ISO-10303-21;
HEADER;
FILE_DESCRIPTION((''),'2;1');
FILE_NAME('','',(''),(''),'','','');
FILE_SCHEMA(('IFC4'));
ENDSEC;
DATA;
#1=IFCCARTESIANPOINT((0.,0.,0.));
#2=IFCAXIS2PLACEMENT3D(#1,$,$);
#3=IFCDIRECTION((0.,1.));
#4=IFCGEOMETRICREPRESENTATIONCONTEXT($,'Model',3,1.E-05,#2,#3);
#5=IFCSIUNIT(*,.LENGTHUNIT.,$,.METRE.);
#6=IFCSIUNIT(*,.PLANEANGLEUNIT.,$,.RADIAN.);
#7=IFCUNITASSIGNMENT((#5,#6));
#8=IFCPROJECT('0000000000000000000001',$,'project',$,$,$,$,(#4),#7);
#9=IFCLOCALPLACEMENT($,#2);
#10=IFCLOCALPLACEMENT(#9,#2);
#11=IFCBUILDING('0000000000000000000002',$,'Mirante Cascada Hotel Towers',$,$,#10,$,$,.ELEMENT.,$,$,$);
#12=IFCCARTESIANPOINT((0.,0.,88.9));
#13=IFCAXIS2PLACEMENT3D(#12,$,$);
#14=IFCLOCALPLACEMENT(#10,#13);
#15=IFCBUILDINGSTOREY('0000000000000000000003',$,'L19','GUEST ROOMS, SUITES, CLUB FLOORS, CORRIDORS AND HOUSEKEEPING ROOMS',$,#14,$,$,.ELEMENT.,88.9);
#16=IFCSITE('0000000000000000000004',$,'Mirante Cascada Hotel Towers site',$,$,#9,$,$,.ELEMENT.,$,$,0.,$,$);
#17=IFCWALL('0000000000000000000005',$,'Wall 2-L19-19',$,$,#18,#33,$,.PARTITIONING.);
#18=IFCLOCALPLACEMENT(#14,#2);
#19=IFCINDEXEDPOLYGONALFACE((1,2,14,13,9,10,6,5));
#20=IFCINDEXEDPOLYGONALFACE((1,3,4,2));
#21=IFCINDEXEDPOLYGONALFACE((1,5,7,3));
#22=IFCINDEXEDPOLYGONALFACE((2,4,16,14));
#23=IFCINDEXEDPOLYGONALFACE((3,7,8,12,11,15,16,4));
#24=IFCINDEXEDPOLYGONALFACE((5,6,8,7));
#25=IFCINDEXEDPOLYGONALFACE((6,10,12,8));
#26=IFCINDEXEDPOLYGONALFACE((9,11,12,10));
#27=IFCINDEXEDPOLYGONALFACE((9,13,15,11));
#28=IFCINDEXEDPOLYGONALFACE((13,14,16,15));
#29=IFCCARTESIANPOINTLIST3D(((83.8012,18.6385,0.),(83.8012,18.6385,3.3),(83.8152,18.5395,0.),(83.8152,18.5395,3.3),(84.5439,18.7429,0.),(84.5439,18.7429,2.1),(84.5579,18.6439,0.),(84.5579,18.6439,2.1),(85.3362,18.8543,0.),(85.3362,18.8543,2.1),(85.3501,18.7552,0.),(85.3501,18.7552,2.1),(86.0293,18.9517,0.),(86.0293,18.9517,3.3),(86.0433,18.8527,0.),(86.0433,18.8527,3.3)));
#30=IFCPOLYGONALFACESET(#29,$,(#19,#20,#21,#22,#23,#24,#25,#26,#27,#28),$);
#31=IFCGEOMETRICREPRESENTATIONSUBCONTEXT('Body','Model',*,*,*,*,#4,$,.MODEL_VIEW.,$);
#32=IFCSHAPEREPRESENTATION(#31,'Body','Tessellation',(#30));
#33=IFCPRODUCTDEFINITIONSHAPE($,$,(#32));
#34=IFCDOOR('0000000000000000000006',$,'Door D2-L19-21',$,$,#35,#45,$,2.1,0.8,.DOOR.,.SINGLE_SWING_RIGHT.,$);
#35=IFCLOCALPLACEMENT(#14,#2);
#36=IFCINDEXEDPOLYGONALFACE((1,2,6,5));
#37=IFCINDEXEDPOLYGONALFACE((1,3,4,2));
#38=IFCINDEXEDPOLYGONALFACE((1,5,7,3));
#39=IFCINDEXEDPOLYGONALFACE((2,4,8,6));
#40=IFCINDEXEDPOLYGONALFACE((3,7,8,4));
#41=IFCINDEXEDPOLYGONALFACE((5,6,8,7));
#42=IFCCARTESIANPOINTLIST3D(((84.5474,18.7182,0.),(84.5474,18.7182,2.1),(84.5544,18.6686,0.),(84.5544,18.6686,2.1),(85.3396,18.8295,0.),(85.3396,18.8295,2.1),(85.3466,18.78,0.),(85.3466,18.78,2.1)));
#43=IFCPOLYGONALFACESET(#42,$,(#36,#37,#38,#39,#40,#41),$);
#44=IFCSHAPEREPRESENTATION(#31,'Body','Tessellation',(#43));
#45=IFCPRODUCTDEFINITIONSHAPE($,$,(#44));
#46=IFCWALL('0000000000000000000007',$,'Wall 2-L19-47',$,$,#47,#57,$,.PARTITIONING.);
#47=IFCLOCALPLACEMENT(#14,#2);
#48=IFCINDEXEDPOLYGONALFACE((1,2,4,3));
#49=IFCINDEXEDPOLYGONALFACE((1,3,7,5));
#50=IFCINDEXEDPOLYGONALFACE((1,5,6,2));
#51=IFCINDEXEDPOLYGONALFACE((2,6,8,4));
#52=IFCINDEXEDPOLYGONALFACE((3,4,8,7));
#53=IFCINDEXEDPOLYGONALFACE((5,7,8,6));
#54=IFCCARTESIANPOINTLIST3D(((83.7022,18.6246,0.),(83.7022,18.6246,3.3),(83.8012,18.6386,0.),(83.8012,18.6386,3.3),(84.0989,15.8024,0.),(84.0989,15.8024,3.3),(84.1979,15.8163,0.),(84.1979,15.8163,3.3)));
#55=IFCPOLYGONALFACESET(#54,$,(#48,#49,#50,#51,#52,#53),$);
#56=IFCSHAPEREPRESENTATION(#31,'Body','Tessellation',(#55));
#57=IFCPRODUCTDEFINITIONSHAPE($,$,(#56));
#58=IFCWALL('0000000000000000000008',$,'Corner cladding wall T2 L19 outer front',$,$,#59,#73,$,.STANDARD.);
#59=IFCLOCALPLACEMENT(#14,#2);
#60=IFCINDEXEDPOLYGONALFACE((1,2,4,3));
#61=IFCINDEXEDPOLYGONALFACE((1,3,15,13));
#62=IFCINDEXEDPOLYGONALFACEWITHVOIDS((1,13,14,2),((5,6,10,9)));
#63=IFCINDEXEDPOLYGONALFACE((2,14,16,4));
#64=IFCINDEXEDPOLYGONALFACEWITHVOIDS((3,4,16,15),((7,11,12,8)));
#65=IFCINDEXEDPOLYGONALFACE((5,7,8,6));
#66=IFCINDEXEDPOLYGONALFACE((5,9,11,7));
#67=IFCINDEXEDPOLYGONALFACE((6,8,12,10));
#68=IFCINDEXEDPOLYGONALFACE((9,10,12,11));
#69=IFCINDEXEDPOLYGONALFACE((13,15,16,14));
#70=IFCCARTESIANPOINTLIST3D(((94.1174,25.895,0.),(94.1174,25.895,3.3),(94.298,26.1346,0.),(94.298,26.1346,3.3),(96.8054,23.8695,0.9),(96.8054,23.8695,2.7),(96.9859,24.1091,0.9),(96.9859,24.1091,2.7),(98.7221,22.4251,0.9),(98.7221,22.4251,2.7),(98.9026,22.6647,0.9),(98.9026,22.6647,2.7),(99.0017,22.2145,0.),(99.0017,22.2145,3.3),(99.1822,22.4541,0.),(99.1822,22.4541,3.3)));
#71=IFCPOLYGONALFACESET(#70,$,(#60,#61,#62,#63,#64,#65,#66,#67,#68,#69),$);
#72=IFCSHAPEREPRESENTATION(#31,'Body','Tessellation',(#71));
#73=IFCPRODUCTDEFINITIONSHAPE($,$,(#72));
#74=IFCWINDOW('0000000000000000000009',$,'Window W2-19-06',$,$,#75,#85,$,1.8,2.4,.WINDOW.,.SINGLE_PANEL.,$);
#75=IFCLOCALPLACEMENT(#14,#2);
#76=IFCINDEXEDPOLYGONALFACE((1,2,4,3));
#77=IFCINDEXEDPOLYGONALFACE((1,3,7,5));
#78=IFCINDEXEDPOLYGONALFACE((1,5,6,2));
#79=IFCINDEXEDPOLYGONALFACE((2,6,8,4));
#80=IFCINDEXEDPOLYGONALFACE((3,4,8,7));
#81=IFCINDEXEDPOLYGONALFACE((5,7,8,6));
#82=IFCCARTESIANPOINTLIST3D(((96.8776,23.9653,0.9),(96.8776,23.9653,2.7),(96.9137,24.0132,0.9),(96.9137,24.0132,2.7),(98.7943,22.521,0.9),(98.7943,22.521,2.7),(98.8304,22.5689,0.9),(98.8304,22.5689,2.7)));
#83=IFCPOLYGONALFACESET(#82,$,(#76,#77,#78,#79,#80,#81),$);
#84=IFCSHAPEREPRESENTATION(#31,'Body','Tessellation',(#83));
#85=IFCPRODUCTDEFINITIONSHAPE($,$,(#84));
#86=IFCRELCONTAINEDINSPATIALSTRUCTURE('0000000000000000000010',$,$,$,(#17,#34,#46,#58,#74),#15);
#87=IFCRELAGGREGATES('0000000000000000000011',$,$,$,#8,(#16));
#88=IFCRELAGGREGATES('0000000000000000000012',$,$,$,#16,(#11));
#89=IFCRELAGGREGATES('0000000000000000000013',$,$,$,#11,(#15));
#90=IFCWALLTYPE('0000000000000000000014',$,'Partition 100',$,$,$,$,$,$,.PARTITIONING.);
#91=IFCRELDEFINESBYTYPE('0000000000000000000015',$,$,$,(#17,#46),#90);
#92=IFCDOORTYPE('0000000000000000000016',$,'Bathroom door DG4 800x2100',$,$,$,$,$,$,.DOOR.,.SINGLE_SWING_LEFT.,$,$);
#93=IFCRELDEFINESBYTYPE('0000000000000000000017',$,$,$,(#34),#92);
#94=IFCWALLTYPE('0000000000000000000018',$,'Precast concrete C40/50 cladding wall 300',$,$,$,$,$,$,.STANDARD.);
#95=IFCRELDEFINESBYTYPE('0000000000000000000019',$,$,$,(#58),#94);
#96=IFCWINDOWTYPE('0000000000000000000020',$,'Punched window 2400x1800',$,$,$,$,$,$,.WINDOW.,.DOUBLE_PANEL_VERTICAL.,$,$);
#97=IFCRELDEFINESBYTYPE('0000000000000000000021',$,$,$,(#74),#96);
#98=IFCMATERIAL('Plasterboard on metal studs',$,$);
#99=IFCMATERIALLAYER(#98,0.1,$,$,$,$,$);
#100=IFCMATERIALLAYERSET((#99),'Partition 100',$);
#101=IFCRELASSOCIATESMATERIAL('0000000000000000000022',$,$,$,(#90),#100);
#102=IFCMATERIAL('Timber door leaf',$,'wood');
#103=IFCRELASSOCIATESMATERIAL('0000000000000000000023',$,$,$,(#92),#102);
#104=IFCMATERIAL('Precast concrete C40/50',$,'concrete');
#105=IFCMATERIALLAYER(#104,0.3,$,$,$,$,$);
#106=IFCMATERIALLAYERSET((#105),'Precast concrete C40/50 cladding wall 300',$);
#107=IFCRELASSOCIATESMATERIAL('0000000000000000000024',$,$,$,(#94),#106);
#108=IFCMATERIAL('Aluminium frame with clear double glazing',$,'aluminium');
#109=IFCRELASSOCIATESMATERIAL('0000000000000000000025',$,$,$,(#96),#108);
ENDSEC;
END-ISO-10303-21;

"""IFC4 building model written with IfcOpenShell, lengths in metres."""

from ifc_helpers import new_model, si_unit, direction, frame, frame_2d, origin, place, context, subcontext, project, spatial, rectangle, extrude, material, layer, layer_set, type_object, element, fill, save


model = new_model("IFC4")

# Units and contexts
model_context = context("Model", 3, precision=1e-05, world=origin(), true_north=direction((0.0, 1.0)))
body_context = subcontext(model_context, "Body", "Model", "MODEL_VIEW")
ifc_project = project(units=[si_unit("LENGTHUNIT", "METRE"), si_unit("PLANEANGLEUNIT", "RADIAN")], contexts=[model_context])

# Site, building, storey
site_placement = place(None, origin())
site = spatial("IfcSite", under=ifc_project, at=site_placement, Name="Mirante Cascada Hotel Towers site", CompositionType="ELEMENT", RefElevation=0.0)
building_placement = place(site_placement, origin())
building = spatial("IfcBuilding", under=site, at=building_placement, Name="Mirante Cascada Hotel Towers", CompositionType="ELEMENT")
storey_placement = place(building_placement, frame((0.0, 0.0, 88.9)))
storey = spatial("IfcBuildingStorey", under=building, at=storey_placement, Name="L19", Description="GUEST ROOMS, SUITES, CLUB FLOORS, CORRIDORS AND HOUSEKEEPING ROOMS", CompositionType="ELEMENT", Elevation=88.9)

# Wall, opening, door
ifc_material_1 = material(Name="Plasterboard on metal studs")
ifc_layer_1 = layer(ifc_material_1, 0.1)
ifc_layer_set_1 = layer_set([ifc_layer_1], Name="Partition 100")
wall_type_1 = type_object("IfcWallType", Name="Partition 100", PredefinedType="PARTITIONING", material=ifc_layer_set_1)
wall_1_placement = place(storey_placement, frame((86.0363, 18.9022, 0.0), z_axis=(0.0, 0.0, 1.0), x_axis=(-0.990264, -0.1392, 0.0)))
wall_1 = element("IfcWall", 1, at=wall_1_placement, inside=storey, type_object=wall_type_1, Name="Wall 2-L19-19", PredefinedType="PARTITIONING", context=body_context, shape_type="SweptSolid", body=[
    extrude(rectangle(XDim=2.25, YDim=0.1, at=frame_2d((1.125, 0.0))), origin(), (0.0, 0.0, 1.0), 3.3),
])
opening_1_placement = place(wall_1_placement, frame((0.7, 0.0, 0.0)))
opening_1 = element("IfcOpeningElement", 2, at=opening_1_placement, cuts=wall_1, PredefinedType="OPENING", context=body_context, shape_type="SweptSolid", body=[
    extrude(rectangle(XDim=0.8, YDim=2.1, at=frame_2d((0.4, 1.05))), frame((0.0, 0.05, 0.0), z_axis=(0.0, -1.0, 0.0), x_axis=(1.0, 0.0, 0.0)), (0.0, 0.0, 1.0), 0.1),
])
ifc_material_2 = material(Name="Timber door leaf", Category="wood")
door_type = type_object("IfcDoorType", Name="Bathroom door DG4 800x2100", OperationType="SINGLE_SWING_LEFT", PredefinedType="DOOR", material=ifc_material_2)
door_placement = place(opening_1_placement, frame((0.8, 0.0, 0.0), z_axis=(0.0, 0.0, 1.0), x_axis=(-1.0, 0.0, 0.0)))
door = element("IfcDoor", 3, at=door_placement, inside=storey, type_object=door_type, Name="Door D2-L19-21", OperationType="SINGLE_SWING_RIGHT", OverallHeight=2.1, OverallWidth=0.8, PredefinedType="DOOR", context=body_context, shape_type="SweptSolid", body=[
    extrude(rectangle(XDim=0.8, YDim=2.1, at=frame_2d((0.4, 1.05))), frame((0.0, 0.025, 0.0), z_axis=(0.0, -1.0, 0.0), x_axis=(1.0, 0.0, 0.0)), (0.0, 0.0, 1.0), 0.05),
])
fill(opening_1, door)

# Wall
wall_2_placement = place(storey_placement, frame((83.7517, 18.6316, 0.0), z_axis=(0.0, 0.0, 1.0), x_axis=(0.139191, -0.990266, 0.0)))
element("IfcWall", 4, at=wall_2_placement, inside=storey, type_object=wall_type_1, Name="Wall 2-L19-47", PredefinedType="PARTITIONING", context=body_context, shape_type="SweptSolid", body=[
    extrude(rectangle(XDim=2.85, YDim=0.1, at=frame_2d((1.425, 0.0))), origin(), (0.0, 0.0, 1.0), 3.3),
])

# Wall, opening, window
ifc_material_3 = material(Name="Precast concrete C40/50", Category="concrete")
ifc_layer_2 = layer(ifc_material_3, 0.3)
ifc_layer_set_2 = layer_set([ifc_layer_2], Name="Precast concrete C40/50 cladding wall 300")
wall_type_2 = type_object("IfcWallType", Name="Precast concrete C40/50 cladding wall 300", PredefinedType="STANDARD", material=ifc_layer_set_2)
wall_3_placement = place(storey_placement, frame((99.0919, 22.3343, 0.0), z_axis=(0.0, 0.0, 1.0), x_axis=(-0.798636, 0.601814, 0.0)))
wall_3 = element("IfcWall", 5, at=wall_3_placement, inside=storey, type_object=wall_type_2, Name="Corner cladding wall T2 L19 outer front", PredefinedType="STANDARD", context=body_context, shape_type="SweptSolid", body=[
    extrude(rectangle(XDim=6.1157, YDim=0.3, at=frame_2d((3.0578, 0.0))), origin(), (0.0, 0.0, 1.0), 3.3),
])
opening_2_placement = place(wall_3_placement, frame((0.35, 0.0, 0.9)))
opening_2 = element("IfcOpeningElement", 6, at=opening_2_placement, cuts=wall_3, PredefinedType="OPENING", context=body_context, shape_type="SweptSolid", body=[
    extrude(rectangle(XDim=2.4, YDim=1.8, at=frame_2d((1.2, 0.9))), frame((0.0, 0.15, 0.0), z_axis=(0.0, -1.0, 0.0), x_axis=(1.0, 0.0, 0.0)), (0.0, 0.0, 1.0), 0.3),
])
ifc_material_4 = material(Name="Aluminium frame with clear double glazing", Category="aluminium")
window_type = type_object("IfcWindowType", Name="Punched window 2400x1800", PartitioningType="DOUBLE_PANEL_VERTICAL", PredefinedType="WINDOW", material=ifc_material_4)
window_placement = place(opening_2_placement, origin())
window = element("IfcWindow", 7, at=window_placement, inside=storey, type_object=window_type, Name="Window W2-19-06", OverallHeight=1.8, OverallWidth=2.4, PartitioningType="SINGLE_PANEL", PredefinedType="WINDOW", context=body_context, shape_type="SweptSolid", body=[
    extrude(rectangle(XDim=2.4, YDim=1.8, at=frame_2d((1.2, 0.9))), frame((0.0, 0.03, 0.0), z_axis=(0.0, -1.0, 0.0), x_axis=(1.0, 0.0, 0.0)), (0.0, 0.0, 1.0), 0.06),
])
fill(opening_2, window)

save(model, "model.ifc")
